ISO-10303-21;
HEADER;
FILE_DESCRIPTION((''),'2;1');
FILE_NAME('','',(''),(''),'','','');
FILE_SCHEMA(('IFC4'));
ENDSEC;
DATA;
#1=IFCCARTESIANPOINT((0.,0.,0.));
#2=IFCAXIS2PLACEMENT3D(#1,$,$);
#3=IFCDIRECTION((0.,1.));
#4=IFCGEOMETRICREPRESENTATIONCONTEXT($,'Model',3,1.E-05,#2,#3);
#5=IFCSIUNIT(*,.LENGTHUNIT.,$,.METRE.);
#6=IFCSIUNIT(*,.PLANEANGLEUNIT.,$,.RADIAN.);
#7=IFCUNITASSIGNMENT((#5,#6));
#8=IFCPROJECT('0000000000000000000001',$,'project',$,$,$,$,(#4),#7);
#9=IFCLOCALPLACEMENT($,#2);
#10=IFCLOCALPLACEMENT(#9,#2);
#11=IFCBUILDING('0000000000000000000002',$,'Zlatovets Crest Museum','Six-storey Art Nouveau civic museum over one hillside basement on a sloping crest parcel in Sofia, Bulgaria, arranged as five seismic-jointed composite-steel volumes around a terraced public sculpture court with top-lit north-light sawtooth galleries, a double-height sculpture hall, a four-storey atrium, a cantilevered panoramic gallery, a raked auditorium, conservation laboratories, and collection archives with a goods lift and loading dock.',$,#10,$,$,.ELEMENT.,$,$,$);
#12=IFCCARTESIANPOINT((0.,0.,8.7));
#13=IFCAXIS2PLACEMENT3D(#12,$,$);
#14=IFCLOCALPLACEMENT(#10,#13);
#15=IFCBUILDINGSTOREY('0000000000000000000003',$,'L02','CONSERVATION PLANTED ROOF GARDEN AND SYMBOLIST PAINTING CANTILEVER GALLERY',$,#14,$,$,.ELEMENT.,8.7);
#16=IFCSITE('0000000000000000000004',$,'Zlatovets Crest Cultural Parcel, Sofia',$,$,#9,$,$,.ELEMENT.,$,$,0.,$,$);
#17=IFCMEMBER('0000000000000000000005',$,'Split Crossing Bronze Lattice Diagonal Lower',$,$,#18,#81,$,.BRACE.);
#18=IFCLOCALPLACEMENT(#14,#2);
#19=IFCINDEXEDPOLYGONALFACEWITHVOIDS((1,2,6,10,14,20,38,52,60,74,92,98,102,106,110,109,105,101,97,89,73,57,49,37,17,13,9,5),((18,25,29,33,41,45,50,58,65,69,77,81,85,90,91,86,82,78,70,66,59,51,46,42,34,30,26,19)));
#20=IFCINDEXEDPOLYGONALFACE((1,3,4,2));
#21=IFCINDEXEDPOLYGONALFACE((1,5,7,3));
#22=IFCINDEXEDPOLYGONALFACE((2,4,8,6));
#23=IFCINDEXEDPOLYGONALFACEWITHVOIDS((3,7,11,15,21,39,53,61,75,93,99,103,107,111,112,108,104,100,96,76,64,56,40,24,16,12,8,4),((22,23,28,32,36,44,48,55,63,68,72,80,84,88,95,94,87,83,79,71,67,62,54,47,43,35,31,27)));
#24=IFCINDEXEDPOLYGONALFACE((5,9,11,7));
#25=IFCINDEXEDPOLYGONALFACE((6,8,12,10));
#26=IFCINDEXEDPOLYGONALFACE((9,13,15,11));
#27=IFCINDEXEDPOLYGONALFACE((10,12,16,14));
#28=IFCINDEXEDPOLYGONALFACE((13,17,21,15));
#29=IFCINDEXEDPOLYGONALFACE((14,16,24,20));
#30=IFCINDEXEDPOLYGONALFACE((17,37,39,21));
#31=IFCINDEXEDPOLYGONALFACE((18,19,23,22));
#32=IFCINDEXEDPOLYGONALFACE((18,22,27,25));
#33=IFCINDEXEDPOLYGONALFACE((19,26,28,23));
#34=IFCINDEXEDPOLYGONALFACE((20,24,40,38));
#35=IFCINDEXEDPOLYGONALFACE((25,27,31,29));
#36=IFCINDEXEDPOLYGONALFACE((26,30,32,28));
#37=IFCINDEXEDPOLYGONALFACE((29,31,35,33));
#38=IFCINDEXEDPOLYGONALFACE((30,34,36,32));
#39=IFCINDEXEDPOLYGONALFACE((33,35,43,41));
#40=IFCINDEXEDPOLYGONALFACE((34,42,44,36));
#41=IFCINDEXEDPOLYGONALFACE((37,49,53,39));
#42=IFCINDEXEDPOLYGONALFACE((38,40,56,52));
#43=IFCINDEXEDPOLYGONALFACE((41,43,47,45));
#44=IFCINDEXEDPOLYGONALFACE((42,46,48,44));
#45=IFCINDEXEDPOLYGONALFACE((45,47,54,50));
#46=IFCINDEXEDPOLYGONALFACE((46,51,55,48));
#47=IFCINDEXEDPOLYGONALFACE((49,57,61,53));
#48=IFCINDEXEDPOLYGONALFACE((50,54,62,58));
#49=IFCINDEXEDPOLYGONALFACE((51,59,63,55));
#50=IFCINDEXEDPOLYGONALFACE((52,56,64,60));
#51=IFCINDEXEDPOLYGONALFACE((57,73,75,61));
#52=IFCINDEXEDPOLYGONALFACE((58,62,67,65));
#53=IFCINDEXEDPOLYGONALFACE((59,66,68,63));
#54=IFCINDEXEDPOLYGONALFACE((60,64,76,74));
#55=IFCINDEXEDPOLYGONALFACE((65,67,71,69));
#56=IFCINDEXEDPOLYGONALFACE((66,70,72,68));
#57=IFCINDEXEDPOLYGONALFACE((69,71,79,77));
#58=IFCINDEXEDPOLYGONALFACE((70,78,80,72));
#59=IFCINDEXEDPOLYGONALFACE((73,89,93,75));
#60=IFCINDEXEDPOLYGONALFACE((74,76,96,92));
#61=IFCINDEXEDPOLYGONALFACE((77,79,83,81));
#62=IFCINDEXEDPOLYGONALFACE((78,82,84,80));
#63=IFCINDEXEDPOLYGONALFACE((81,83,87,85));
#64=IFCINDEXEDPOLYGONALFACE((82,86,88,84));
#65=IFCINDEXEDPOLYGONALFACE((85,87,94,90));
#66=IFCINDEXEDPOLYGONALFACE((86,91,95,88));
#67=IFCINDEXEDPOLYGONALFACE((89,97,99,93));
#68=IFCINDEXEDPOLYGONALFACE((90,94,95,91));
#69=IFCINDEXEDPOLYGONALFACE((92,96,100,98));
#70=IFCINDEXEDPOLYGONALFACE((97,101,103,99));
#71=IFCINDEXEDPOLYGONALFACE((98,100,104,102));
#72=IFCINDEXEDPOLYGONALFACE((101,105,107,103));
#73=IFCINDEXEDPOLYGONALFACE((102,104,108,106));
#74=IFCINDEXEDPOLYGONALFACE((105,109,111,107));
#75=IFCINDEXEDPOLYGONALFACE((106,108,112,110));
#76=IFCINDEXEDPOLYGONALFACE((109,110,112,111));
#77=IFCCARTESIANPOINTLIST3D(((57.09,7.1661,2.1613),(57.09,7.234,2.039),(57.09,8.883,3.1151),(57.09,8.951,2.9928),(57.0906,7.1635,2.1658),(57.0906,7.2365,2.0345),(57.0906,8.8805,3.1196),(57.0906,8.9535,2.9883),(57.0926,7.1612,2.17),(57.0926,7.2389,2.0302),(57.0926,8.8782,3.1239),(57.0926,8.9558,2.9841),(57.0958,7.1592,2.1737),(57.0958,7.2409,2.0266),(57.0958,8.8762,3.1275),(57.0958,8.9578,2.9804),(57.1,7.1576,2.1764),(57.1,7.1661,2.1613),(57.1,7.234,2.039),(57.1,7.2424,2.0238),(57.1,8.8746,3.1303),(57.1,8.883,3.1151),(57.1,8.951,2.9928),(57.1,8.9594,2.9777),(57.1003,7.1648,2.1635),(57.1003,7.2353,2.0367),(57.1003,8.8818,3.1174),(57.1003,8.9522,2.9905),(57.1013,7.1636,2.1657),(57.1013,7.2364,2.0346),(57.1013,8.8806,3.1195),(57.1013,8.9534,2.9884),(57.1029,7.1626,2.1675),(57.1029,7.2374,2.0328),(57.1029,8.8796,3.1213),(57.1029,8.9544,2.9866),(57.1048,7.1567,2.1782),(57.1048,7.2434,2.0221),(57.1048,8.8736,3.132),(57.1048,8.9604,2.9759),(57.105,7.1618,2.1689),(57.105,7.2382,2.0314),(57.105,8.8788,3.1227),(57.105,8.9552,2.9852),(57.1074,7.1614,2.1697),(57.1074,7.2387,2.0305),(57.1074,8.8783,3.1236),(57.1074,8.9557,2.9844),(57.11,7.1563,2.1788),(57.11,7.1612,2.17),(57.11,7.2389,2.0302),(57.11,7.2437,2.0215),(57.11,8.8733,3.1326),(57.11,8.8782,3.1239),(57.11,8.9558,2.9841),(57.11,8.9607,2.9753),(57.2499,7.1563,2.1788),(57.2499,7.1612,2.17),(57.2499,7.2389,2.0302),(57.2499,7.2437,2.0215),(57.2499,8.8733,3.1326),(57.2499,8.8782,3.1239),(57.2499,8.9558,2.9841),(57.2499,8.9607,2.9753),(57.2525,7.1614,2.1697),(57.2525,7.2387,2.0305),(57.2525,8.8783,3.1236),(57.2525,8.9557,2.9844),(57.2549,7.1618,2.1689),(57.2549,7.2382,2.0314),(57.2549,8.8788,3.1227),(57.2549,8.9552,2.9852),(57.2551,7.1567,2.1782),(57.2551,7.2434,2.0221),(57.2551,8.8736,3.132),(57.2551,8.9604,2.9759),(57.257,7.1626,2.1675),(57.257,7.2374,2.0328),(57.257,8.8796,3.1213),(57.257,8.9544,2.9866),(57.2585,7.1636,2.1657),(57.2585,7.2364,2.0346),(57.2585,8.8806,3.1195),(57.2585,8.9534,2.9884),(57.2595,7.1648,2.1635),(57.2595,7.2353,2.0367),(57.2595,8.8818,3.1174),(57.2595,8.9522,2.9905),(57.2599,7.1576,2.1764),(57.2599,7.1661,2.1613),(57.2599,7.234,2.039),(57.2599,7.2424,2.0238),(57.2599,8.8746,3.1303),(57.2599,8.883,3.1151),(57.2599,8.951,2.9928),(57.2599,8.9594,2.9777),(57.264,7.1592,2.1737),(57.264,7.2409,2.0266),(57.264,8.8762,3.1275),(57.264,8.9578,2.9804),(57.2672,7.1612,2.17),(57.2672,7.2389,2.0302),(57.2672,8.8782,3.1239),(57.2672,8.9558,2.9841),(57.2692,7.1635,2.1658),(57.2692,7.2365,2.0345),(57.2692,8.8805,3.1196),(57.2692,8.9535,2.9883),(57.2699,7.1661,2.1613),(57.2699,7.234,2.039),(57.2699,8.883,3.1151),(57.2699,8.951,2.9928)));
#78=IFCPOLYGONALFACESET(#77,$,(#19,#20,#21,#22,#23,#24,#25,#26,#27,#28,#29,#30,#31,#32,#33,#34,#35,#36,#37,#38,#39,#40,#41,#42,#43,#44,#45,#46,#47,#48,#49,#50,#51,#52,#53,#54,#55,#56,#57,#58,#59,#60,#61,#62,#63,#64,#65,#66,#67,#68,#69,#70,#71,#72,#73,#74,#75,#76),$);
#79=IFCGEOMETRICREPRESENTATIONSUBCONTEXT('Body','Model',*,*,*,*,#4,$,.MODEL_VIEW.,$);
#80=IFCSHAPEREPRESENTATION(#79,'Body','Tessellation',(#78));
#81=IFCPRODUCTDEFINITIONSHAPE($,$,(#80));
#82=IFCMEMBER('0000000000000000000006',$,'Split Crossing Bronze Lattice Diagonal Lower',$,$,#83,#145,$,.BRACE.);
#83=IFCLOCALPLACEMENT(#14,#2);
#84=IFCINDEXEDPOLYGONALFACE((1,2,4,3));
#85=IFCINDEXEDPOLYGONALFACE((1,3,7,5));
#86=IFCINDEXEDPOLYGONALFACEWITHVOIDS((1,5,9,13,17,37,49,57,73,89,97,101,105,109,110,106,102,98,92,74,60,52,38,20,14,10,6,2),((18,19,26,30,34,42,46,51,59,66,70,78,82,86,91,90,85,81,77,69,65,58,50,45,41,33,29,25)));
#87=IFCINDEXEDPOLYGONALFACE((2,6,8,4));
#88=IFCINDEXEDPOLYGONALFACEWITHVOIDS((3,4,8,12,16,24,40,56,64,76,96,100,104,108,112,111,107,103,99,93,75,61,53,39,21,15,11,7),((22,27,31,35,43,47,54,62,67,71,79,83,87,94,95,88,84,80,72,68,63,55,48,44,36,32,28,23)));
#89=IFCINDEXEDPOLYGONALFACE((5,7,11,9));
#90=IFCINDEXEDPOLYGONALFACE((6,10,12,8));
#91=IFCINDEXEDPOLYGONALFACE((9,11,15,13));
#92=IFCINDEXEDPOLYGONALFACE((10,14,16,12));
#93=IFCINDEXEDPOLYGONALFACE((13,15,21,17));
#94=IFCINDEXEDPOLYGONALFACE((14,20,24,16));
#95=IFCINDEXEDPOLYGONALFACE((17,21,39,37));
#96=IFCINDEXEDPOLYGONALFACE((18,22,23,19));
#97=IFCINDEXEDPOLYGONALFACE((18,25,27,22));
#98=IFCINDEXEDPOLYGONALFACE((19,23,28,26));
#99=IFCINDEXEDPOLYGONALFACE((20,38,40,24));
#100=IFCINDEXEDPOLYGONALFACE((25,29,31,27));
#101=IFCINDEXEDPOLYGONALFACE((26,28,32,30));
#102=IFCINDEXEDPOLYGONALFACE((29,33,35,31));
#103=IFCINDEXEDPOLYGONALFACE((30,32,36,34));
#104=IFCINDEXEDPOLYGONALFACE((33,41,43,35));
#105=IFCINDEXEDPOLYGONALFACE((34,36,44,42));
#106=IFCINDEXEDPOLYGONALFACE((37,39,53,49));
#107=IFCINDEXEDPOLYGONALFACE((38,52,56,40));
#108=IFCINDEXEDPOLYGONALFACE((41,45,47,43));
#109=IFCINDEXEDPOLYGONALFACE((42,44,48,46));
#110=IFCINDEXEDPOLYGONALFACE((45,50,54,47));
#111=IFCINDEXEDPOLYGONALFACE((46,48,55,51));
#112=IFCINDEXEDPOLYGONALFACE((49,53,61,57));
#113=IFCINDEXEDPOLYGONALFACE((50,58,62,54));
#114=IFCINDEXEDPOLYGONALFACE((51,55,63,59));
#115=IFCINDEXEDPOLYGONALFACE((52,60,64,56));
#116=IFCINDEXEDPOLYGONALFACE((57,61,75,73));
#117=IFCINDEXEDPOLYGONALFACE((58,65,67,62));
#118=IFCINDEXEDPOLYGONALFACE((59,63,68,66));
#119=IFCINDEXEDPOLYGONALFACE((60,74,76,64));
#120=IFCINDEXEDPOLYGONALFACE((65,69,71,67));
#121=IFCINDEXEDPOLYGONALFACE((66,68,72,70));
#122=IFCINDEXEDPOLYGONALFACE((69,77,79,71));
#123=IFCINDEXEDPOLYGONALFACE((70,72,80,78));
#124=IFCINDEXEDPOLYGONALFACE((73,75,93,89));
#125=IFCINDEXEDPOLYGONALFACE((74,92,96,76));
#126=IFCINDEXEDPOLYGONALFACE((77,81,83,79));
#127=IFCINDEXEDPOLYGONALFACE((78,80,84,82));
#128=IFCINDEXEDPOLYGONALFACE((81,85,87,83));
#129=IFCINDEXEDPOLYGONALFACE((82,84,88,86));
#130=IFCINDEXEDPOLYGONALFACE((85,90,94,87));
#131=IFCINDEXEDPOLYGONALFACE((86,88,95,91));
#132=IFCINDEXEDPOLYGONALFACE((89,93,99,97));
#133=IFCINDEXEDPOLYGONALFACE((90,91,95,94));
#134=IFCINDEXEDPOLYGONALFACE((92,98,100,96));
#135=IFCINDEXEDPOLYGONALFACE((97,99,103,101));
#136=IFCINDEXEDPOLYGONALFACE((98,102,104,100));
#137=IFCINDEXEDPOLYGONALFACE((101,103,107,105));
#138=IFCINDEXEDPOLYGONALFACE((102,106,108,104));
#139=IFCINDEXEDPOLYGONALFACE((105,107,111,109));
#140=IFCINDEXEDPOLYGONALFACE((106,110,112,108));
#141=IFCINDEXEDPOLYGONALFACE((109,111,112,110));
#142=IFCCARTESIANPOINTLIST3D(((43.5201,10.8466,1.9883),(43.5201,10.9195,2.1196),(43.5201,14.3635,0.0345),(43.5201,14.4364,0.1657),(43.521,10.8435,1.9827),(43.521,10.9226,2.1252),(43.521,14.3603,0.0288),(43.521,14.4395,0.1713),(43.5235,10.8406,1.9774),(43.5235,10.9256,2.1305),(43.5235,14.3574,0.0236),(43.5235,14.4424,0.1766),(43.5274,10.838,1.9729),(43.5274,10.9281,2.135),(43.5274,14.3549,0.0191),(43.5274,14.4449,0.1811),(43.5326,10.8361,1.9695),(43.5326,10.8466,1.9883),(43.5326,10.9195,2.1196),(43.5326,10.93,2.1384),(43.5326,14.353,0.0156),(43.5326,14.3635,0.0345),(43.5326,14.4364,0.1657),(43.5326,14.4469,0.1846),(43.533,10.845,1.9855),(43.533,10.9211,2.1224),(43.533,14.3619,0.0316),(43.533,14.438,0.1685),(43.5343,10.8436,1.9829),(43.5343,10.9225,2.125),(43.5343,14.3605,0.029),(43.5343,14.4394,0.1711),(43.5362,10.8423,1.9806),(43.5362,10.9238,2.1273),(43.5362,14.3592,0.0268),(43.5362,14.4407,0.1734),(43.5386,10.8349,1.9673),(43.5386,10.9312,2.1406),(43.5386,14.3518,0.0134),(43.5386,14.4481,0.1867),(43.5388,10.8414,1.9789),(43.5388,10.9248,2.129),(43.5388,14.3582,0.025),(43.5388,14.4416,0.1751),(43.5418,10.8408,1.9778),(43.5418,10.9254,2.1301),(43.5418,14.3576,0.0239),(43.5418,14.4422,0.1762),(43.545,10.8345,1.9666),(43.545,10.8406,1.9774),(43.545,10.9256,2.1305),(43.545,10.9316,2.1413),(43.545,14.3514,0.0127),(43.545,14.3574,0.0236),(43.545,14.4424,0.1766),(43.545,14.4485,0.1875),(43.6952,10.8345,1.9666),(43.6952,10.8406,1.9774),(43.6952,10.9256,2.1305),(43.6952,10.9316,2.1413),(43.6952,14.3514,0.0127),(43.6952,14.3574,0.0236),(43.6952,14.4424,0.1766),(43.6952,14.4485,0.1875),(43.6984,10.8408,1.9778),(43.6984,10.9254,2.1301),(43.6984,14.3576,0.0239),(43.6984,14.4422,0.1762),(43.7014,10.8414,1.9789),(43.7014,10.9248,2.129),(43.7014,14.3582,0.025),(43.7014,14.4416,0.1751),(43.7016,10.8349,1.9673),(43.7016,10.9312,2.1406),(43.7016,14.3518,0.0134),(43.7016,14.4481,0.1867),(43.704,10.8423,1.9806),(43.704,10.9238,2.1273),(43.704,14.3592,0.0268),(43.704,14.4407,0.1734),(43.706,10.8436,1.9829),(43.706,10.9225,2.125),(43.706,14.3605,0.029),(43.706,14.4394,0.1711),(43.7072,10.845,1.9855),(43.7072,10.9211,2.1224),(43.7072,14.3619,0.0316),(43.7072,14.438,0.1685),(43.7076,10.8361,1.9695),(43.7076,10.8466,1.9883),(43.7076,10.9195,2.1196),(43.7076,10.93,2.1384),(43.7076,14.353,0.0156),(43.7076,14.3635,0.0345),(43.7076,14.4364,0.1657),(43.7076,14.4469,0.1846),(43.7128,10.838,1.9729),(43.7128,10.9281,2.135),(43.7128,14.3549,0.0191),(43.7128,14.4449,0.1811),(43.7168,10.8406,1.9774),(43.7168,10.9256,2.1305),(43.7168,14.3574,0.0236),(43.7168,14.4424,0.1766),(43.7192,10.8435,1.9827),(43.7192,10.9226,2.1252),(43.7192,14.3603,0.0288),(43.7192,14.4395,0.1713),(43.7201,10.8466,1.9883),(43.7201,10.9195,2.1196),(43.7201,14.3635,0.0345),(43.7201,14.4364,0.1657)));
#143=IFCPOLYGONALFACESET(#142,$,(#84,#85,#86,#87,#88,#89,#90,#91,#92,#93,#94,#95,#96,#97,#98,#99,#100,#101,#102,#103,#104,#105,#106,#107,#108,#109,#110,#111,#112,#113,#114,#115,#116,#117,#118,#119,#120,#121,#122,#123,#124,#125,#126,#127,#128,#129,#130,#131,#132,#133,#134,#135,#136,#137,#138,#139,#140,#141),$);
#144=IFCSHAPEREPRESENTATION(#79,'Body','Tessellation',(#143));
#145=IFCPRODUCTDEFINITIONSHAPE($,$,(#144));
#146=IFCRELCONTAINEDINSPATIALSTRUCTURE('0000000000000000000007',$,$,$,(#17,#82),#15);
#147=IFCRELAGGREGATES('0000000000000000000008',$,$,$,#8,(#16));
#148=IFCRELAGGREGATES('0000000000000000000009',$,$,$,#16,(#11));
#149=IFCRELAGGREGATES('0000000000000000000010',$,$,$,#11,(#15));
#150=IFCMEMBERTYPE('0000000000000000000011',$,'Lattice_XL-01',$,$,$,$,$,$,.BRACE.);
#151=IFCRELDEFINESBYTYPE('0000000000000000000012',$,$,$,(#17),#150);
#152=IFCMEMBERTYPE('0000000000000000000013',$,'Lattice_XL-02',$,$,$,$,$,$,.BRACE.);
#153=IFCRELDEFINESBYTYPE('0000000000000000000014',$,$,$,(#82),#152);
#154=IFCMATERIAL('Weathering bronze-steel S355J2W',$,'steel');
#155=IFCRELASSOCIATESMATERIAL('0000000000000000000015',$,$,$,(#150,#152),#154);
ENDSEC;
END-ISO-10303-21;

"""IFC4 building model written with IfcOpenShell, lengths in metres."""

from ifc_helpers import new_model, si_unit, direction, frame, origin, origin_2d, place, context, subcontext, project, spatial, hollow_rectangle, extrude, material, material_profile, profile_set, type_object, element, save


model = new_model("IFC4")

# Units and contexts
model_context = context("Model", 3, precision=1e-05, world=origin(), true_north=direction((0.0, 1.0)))
body_context = subcontext(model_context, "Body", "Model", "MODEL_VIEW")
ifc_project = project(units=[si_unit("LENGTHUNIT", "METRE"), si_unit("PLANEANGLEUNIT", "RADIAN")], contexts=[model_context])

# Site, building, storey
site_placement = place(None, origin())
site = spatial("IfcSite", under=ifc_project, at=site_placement, Name="Zlatovets Crest Cultural Parcel, Sofia", CompositionType="ELEMENT", RefElevation=0.0)
building_placement = place(site_placement, origin())
building = spatial("IfcBuilding", under=site, at=building_placement, Name="Zlatovets Crest Museum", Description="Six-storey Art Nouveau civic museum over one hillside basement on a sloping crest parcel in Sofia, Bulgaria, arranged as five seismic-jointed composite-steel volumes around a terraced public sculpture court with top-lit north-light sawtooth galleries, a double-height sculpture hall, a four-storey atrium, a cantilevered panoramic gallery, a raked auditorium, conservation laboratories, and collection archives with a goods lift and loading dock.", CompositionType="ELEMENT")
storey_placement = place(building_placement, frame((0.0, 0.0, 8.7)))
storey = spatial("IfcBuildingStorey", under=building, at=storey_placement, Name="L02", Description="CONSERVATION PLANTED ROOF GARDEN AND SYMBOLIST PAINTING CANTILEVER GALLERY", CompositionType="ELEMENT", Elevation=8.7)

# Members
ifc_material_1 = material(Name="Weathering bronze-steel S355J2W", Category="steel")
ifc_material_profile_1 = material_profile(ifc_material_1, hollow_rectangle(XDim=0.1799, YDim=0.1799, WallThickness=0.01, InnerFilletRadius=0.01, OuterFilletRadius=0.02, at=origin_2d()), Name="SHS 180x180x10.0")
ifc_profile_set_1 = profile_set([ifc_material_profile_1], Name="Weathering bronze-steel S355J2W")
member_type_1 = type_object("IfcMemberType", Name="Lattice_XL-01", PredefinedType="BRACE", material=ifc_profile_set_1)
for number, where, z_axis, x_axis, name in (
    (1, (57.1799, 8.917, 3.054), (0.0, -0.874169, -0.485622), (1.0, 0.0, 0.0), "Split Crossing Bronze Lattice Diagonal Lower"),
):
    element("IfcMember", number, at=place(storey_placement, frame(where, z_axis=z_axis, x_axis=x_axis)), inside=storey, type_object=member_type_1, Name=name, PredefinedType="BRACE", context=body_context, shape_type="SweptSolid", body=[
        extrude(hollow_rectangle(XDim=0.1799, YDim=0.1799, WallThickness=0.01, InnerFilletRadius=0.01, OuterFilletRadius=0.02, at=origin_2d()), origin(), (0.0, 0.0, 1.0), 1.9641),
    ])
ifc_material_profile_2 = material_profile(ifc_material_1, hollow_rectangle(XDim=0.2, YDim=0.2, WallThickness=0.0125, InnerFilletRadius=0.0125, OuterFilletRadius=0.0249, at=origin_2d()), Name="SHS 200x200x12.5")
ifc_profile_set_2 = profile_set([ifc_material_profile_2], Name="Weathering bronze-steel S355J2W")
member_type_2 = type_object("IfcMemberType", Name="Lattice_XL-02", PredefinedType="BRACE", material=ifc_profile_set_2)
member_1_placement = place(storey_placement, frame((43.6201, 10.8831, 2.054), z_axis=(0.0, 0.874152, -0.485653), x_axis=(-1.0, 0.0, 0.0)))
element("IfcMember", 2, at=member_1_placement, inside=storey, type_object=member_type_2, Name="Split Crossing Bronze Lattice Diagonal Lower", PredefinedType="BRACE", context=body_context, shape_type="SweptSolid", body=[
    extrude(hollow_rectangle(XDim=0.2, YDim=0.2, WallThickness=0.0125, InnerFilletRadius=0.0125, OuterFilletRadius=0.0249, at=origin_2d()), origin(), (0.0, 0.0, 1.0), 4.0232),
])

save(model, "model.ifc")
